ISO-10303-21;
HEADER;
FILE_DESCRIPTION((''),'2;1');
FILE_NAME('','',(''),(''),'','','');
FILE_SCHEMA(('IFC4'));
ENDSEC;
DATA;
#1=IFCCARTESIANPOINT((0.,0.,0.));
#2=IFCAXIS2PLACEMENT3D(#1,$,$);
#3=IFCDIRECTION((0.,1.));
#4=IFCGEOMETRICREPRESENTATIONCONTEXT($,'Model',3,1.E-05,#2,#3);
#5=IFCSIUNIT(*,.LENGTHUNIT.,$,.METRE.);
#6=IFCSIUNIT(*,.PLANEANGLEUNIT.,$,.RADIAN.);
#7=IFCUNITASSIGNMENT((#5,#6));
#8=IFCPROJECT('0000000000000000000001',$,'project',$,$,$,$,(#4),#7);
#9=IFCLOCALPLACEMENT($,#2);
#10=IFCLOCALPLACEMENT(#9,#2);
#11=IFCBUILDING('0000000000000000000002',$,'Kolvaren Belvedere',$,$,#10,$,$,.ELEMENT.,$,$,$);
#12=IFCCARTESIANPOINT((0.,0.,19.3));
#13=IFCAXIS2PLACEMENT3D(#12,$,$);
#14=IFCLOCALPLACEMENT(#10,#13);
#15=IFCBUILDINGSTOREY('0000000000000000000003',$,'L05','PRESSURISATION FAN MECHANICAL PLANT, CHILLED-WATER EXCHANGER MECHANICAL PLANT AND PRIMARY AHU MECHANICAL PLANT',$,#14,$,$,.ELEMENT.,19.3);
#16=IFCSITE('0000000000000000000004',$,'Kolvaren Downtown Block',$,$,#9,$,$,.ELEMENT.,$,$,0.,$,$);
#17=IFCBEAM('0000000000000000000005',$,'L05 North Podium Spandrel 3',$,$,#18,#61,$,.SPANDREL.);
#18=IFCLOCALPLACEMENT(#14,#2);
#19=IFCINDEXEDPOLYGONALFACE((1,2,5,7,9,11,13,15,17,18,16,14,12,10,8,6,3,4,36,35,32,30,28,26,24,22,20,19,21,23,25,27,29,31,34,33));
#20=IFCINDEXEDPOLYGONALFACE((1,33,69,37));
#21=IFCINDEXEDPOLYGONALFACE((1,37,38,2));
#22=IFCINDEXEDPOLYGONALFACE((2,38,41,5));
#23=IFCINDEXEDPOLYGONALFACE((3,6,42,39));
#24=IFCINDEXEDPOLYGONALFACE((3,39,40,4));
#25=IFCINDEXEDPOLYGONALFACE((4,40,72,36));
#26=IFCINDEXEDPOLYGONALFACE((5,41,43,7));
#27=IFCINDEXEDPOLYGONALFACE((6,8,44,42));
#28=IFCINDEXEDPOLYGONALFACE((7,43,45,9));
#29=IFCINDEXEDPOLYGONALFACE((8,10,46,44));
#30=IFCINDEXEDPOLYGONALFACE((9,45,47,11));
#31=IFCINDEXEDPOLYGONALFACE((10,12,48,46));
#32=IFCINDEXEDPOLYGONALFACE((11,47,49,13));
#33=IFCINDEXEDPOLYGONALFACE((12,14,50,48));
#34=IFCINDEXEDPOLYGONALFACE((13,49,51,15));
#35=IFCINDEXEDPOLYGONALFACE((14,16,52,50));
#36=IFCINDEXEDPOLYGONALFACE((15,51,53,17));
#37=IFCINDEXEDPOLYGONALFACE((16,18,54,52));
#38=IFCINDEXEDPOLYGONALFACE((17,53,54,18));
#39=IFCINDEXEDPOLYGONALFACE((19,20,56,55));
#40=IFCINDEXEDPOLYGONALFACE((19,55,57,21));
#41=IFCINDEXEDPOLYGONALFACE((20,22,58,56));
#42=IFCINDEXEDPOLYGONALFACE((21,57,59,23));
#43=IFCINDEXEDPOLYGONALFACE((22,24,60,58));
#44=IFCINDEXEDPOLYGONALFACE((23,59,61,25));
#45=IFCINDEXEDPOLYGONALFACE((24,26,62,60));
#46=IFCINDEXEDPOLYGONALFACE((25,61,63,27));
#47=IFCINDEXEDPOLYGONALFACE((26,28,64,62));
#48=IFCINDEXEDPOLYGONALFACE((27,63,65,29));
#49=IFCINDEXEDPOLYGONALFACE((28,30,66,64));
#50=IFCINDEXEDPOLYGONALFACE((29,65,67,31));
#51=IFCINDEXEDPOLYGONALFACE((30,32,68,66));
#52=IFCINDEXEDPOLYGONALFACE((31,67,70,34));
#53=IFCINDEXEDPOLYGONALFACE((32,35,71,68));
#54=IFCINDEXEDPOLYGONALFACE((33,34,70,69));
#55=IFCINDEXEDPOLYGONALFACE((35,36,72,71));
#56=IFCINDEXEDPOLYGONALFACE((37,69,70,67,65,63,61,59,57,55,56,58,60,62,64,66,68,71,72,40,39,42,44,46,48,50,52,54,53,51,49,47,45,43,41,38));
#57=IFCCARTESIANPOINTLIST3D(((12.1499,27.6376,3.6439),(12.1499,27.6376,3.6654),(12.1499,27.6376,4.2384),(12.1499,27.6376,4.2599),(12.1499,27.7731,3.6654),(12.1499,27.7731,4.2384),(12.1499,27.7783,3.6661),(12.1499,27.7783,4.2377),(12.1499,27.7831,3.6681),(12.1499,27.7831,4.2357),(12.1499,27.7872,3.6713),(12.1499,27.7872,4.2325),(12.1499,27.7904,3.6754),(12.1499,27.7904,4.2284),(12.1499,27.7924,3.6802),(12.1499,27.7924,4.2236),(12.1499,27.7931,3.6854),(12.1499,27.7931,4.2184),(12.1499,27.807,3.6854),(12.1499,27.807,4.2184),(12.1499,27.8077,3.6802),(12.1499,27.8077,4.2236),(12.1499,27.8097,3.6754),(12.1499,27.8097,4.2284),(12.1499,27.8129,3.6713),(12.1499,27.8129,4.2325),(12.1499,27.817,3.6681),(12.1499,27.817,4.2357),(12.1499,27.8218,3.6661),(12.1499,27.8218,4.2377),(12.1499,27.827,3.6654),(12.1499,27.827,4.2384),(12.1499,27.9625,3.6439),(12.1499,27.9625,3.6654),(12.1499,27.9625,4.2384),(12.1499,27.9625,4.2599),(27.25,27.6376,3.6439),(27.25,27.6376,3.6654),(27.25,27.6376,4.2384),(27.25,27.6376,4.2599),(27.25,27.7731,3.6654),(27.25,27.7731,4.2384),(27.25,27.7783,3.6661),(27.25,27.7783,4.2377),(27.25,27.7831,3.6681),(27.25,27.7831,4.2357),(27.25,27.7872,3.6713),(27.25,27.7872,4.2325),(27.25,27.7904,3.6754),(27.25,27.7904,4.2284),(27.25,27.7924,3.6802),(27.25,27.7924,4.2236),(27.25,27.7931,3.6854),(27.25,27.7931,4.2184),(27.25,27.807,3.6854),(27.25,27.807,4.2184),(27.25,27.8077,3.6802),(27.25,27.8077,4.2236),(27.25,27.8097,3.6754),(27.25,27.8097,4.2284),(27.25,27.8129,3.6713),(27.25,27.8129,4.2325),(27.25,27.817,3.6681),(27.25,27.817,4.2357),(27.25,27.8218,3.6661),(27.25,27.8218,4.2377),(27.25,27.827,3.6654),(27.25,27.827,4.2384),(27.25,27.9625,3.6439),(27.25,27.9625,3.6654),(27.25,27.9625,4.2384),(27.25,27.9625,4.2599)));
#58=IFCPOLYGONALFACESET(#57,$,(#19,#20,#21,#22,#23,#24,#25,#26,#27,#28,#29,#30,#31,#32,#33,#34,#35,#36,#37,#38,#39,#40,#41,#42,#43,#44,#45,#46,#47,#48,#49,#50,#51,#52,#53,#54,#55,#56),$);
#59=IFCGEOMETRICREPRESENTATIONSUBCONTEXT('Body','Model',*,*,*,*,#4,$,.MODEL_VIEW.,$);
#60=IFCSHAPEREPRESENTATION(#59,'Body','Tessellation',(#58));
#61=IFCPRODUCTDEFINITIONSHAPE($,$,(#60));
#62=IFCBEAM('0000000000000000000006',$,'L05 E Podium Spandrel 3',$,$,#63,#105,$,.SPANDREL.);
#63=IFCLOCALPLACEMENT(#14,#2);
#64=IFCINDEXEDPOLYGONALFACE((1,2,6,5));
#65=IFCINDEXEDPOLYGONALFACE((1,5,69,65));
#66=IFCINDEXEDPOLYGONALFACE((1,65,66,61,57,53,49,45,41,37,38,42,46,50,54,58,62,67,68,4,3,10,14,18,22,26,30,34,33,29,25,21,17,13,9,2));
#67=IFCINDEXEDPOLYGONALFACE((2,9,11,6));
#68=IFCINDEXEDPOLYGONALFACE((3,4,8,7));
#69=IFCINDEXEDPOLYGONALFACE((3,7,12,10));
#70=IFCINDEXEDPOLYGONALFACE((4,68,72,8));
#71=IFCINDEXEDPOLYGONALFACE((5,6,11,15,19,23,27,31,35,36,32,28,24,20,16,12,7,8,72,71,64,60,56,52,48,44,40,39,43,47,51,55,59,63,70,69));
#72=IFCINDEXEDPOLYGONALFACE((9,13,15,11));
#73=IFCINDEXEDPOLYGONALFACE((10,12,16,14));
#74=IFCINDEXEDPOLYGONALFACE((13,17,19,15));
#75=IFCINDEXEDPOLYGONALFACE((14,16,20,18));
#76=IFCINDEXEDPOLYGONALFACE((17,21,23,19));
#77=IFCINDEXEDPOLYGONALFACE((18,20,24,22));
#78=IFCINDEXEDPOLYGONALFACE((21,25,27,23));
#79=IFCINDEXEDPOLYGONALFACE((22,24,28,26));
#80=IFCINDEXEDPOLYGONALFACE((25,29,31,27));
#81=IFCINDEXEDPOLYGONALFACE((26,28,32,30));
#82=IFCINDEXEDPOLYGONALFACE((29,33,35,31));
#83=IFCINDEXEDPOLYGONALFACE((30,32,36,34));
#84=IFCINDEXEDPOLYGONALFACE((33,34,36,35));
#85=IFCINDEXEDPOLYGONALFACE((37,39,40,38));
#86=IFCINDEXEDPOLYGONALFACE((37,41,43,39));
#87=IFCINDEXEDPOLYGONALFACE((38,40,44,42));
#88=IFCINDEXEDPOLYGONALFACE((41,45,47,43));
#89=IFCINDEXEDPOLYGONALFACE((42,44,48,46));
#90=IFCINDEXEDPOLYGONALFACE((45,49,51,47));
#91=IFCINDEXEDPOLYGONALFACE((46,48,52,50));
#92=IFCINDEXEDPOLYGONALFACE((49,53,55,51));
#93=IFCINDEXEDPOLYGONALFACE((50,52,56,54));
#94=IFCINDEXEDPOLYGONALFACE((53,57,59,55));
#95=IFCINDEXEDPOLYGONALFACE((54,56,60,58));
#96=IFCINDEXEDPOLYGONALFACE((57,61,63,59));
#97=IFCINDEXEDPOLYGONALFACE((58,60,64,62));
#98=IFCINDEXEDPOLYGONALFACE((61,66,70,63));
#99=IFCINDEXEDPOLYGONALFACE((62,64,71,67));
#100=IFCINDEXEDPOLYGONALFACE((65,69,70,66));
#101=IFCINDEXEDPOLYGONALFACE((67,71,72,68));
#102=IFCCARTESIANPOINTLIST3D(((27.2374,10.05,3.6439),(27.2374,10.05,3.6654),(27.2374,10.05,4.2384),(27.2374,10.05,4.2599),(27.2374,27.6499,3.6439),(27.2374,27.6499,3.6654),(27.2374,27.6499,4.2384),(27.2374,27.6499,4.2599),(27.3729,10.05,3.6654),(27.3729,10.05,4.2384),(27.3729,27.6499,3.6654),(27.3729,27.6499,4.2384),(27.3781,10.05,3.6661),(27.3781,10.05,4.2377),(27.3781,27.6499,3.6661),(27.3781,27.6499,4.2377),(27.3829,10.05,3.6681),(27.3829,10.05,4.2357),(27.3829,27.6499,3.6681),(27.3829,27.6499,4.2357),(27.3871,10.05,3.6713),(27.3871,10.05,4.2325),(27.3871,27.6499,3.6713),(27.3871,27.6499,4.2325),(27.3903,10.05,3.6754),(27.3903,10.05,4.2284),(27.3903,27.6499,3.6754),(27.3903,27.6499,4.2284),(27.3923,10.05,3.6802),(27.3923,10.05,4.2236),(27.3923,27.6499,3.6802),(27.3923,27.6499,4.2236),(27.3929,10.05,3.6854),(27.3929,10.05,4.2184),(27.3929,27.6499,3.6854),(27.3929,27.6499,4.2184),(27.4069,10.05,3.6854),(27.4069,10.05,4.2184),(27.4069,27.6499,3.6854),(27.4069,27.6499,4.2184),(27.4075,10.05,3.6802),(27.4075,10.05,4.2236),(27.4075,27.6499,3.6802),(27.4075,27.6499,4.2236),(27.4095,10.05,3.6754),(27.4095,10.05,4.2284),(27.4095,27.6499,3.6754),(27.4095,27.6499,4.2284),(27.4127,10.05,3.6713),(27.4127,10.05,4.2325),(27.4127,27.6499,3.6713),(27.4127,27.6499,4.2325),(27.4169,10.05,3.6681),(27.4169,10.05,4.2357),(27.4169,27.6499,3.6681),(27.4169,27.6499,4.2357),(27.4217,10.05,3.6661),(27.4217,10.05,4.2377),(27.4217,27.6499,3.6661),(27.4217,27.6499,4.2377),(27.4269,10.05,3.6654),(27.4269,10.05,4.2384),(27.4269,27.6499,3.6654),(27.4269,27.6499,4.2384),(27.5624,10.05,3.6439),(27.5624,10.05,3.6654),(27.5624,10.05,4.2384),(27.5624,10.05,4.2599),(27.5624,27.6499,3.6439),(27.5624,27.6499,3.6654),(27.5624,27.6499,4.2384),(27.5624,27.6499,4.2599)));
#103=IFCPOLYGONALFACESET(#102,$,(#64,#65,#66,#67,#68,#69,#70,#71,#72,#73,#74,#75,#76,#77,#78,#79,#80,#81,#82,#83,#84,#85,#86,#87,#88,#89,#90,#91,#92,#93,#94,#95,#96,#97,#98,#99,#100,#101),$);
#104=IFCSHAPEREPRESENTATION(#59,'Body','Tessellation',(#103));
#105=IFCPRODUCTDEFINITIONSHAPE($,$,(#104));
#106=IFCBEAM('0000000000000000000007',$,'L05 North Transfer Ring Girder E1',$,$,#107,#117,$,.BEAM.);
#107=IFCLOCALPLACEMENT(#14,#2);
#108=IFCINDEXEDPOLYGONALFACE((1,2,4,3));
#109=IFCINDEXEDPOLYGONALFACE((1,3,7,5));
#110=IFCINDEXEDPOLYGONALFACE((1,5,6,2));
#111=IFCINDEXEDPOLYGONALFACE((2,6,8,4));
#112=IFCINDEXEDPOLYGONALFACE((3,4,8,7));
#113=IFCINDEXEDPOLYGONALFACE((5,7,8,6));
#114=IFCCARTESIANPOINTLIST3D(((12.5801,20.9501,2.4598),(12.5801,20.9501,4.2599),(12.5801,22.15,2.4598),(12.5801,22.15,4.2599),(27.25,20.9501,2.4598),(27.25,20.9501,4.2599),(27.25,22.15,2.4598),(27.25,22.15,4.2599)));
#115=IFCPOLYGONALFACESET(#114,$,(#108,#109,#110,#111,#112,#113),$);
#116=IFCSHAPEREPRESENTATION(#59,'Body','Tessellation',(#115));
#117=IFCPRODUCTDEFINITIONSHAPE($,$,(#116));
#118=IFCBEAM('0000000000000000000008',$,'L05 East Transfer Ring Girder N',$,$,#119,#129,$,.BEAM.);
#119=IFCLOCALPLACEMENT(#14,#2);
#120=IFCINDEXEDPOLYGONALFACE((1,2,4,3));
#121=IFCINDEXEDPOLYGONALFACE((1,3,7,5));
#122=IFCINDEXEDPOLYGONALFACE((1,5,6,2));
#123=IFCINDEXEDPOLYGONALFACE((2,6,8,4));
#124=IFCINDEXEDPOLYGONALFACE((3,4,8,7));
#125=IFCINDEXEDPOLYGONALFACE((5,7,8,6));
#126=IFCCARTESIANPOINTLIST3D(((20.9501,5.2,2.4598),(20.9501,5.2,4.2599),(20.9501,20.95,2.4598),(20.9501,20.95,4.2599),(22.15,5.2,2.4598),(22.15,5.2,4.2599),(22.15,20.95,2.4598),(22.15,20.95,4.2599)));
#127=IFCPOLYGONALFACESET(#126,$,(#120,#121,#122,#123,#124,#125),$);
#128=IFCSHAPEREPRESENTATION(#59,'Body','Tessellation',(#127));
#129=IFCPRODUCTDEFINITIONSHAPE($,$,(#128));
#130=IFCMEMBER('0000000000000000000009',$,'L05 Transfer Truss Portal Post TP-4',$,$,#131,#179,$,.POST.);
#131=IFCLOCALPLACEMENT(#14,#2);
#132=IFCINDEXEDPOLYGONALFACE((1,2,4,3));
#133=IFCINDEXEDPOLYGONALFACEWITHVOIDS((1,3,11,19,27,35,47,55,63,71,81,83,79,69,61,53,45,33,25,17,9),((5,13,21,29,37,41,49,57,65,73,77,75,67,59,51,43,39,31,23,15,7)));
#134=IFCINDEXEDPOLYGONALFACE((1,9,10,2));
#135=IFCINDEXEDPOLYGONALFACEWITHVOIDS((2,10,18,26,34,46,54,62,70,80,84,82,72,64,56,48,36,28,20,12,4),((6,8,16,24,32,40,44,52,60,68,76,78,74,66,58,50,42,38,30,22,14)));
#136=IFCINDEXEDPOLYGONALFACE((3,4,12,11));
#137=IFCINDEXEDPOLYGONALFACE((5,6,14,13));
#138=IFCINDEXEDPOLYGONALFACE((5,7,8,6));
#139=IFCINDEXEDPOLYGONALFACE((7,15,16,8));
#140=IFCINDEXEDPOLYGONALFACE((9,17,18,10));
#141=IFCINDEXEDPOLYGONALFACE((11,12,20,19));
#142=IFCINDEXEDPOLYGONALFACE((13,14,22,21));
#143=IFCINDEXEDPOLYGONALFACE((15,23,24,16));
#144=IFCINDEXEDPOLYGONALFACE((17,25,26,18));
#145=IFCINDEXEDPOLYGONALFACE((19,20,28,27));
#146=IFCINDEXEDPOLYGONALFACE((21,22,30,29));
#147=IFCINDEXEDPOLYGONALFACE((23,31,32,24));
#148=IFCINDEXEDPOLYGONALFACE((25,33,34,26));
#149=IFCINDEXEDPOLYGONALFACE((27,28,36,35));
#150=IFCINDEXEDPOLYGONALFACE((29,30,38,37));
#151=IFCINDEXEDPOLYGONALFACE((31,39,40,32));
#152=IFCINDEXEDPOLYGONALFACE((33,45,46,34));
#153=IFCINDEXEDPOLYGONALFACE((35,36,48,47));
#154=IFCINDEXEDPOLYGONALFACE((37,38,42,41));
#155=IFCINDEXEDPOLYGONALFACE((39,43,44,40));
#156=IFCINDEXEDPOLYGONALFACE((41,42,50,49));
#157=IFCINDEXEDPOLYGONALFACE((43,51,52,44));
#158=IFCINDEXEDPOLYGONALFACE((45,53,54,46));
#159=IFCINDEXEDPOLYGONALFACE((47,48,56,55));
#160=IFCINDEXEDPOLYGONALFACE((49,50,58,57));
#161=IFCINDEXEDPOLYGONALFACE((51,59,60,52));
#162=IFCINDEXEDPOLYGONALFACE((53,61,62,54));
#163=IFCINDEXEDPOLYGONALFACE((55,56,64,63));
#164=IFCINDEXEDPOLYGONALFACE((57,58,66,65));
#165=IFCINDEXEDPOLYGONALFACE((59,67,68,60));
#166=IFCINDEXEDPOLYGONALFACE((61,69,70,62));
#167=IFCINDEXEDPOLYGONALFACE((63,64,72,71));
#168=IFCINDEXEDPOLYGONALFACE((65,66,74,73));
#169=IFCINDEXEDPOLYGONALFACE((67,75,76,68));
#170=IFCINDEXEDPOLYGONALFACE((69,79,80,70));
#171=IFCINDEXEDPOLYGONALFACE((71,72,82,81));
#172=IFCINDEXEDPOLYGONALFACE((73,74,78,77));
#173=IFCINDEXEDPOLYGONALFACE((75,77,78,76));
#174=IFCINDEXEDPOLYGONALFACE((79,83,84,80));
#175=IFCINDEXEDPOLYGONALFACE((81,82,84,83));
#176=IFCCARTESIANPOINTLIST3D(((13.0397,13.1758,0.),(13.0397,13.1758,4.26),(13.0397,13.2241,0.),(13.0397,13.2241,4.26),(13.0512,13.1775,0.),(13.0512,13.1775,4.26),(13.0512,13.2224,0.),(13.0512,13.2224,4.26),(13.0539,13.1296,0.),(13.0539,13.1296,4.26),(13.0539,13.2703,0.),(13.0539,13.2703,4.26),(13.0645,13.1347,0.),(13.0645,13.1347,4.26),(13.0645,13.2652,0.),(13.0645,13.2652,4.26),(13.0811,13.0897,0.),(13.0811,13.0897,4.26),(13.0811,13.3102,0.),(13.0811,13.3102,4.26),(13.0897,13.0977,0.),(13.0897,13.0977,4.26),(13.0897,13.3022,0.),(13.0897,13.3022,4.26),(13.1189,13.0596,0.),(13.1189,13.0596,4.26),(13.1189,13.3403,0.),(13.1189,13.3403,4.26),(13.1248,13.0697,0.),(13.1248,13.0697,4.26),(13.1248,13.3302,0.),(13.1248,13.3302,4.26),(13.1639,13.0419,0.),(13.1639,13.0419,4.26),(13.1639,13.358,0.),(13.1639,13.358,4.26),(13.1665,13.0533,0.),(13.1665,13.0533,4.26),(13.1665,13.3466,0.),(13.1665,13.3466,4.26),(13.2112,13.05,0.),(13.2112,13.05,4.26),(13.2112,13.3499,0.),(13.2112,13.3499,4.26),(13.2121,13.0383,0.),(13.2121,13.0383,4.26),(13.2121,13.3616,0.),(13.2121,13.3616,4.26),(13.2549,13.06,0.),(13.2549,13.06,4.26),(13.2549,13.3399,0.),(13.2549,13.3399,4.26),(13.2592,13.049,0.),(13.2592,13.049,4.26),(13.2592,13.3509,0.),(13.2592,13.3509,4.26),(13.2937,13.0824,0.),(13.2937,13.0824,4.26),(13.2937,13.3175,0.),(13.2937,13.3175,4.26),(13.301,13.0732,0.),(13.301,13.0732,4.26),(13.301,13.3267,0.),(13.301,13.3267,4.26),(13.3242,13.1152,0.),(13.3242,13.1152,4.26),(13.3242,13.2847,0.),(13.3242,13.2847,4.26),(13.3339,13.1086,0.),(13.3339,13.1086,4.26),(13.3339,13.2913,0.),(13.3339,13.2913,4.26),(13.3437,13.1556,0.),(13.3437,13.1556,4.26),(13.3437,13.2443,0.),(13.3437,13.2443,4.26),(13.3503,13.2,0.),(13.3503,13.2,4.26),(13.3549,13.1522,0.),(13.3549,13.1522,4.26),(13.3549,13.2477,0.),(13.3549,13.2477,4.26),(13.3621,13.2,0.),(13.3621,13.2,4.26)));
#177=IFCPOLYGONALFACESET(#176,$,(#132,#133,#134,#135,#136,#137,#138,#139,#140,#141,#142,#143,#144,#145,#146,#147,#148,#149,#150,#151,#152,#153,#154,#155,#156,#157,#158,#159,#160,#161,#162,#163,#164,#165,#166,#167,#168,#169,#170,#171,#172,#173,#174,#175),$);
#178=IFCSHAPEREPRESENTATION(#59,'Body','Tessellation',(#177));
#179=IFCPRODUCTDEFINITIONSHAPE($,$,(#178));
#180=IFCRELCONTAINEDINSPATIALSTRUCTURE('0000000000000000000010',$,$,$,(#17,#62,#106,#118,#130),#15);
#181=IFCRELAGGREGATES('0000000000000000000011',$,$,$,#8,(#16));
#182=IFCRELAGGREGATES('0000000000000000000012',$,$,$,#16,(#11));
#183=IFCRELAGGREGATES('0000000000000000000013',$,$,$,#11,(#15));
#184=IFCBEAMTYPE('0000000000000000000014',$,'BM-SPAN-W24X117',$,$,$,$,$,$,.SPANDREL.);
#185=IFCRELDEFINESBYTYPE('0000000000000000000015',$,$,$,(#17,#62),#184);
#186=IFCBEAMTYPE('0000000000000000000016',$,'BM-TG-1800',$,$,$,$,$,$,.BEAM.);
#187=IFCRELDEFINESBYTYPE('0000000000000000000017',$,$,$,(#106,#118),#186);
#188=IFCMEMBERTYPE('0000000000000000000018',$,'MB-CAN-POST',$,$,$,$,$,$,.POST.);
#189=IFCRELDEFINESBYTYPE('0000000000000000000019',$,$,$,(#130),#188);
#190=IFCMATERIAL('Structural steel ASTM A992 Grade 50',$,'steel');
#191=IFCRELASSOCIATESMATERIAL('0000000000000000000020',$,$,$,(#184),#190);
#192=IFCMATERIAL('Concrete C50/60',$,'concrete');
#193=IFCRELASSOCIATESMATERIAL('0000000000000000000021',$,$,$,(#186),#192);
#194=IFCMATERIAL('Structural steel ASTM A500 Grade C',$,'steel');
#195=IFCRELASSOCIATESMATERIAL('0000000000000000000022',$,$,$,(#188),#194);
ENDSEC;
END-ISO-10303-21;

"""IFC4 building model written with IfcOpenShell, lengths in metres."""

from ifc_helpers import new_model, si_unit, direction, frame, origin, origin_2d, place, context, subcontext, project, spatial, rectangle, hollow_circle, i_section, extrude, material, material_profile, profile_set, type_object, element, save


model = new_model("IFC4")

# Units and contexts
model_context = context("Model", 3, precision=1e-05, world=origin(), true_north=direction((0.0, 1.0)))
body_context = subcontext(model_context, "Body", "Model", "MODEL_VIEW")
ifc_project = project(units=[si_unit("LENGTHUNIT", "METRE"), si_unit("PLANEANGLEUNIT", "RADIAN")], contexts=[model_context])

# Site, building, storey
site_placement = place(None, origin())
site = spatial("IfcSite", under=ifc_project, at=site_placement, Name="Kolvaren Downtown Block", CompositionType="ELEMENT", RefElevation=0.0)
building_placement = place(site_placement, origin())
building = spatial("IfcBuilding", under=site, at=building_placement, Name="Kolvaren Belvedere", CompositionType="ELEMENT")
storey_placement = place(building_placement, frame((0.0, 0.0, 19.3)))
storey = spatial("IfcBuildingStorey", under=building, at=storey_placement, Name="L05", Description="PRESSURISATION FAN MECHANICAL PLANT, CHILLED-WATER EXCHANGER MECHANICAL PLANT AND PRIMARY AHU MECHANICAL PLANT", CompositionType="ELEMENT", Elevation=19.3)

# Beams
ifc_material_1 = material(Name="Structural steel ASTM A992 Grade 50", Category="steel")
ifc_material_profile_1 = material_profile(ifc_material_1, i_section(OverallWidth=0.325, OverallDepth=0.616, WebThickness=0.0139, FlangeThickness=0.0215, FilletRadius=0.02, at=origin_2d()), Name="W24X117")
ifc_profile_set_1 = profile_set([ifc_material_profile_1], Name="Structural steel ASTM A992 Grade 50")
beam_type_1 = type_object("IfcBeamType", Name="BM-SPAN-W24X117", PredefinedType="SPANDREL", material=ifc_profile_set_1)
beam_1_placement = place(storey_placement, frame((12.1499, 27.8, 3.9519), z_axis=(1.0, 0.0, 0.0), x_axis=(0.0, 1.0, 0.0)))
element("IfcBeam", 1, at=beam_1_placement, inside=storey, type_object=beam_type_1, Name="L05 North Podium Spandrel 3", PredefinedType="SPANDREL", context=body_context, shape_type="SweptSolid", body=[
    extrude(i_section(OverallWidth=0.325, OverallDepth=0.616, WebThickness=0.0139, FlangeThickness=0.0215, FilletRadius=0.02, at=origin_2d()), origin(), (0.0, 0.0, 1.0), 15.1001),
])
beam_2_placement = place(storey_placement, frame((27.3999, 10.05, 3.9519), z_axis=(0.0, 1.0, 0.0), x_axis=(-1.0, 0.0, 0.0)))
element("IfcBeam", 2, at=beam_2_placement, inside=storey, type_object=beam_type_1, Name="L05 E Podium Spandrel 3", PredefinedType="SPANDREL", context=body_context, shape_type="SweptSolid", body=[
    extrude(i_section(OverallWidth=0.325, OverallDepth=0.616, WebThickness=0.0139, FlangeThickness=0.0215, FilletRadius=0.02, at=origin_2d()), origin(), (0.0, 0.0, 1.0), 17.5999),
])
ifc_material_2 = material(Name="Concrete C50/60", Category="concrete")
ifc_material_profile_2 = material_profile(ifc_material_2, rectangle(XDim=1.2, YDim=1.8, at=origin_2d()), Name="RC 1200X1800")
ifc_profile_set_2 = profile_set([ifc_material_profile_2], Name="Concrete C50/60")
beam_type_2 = type_object("IfcBeamType", Name="BM-TG-1800", PredefinedType="BEAM", material=ifc_profile_set_2)
beam_3_placement = place(storey_placement, frame((12.5801, 21.55, 3.3599), z_axis=(1.0, 0.0, 0.0), x_axis=(0.0, 1.0, 0.0)))
element("IfcBeam", 3, at=beam_3_placement, inside=storey, type_object=beam_type_2, Name="L05 North Transfer Ring Girder E1", PredefinedType="BEAM", context=body_context, shape_type="SweptSolid", body=[
    extrude(rectangle(XDim=1.2, YDim=1.8, at=origin_2d()), origin(), (0.0, 0.0, 1.0), 14.6699),
])
beam_4_placement = place(storey_placement, frame((21.55, 5.2, 3.3599), z_axis=(0.0, 1.0, 0.0), x_axis=(-1.0, 0.0, 0.0)))
element("IfcBeam", 4, at=beam_4_placement, inside=storey, type_object=beam_type_2, Name="L05 East Transfer Ring Girder N", PredefinedType="BEAM", context=body_context, shape_type="SweptSolid", body=[
    extrude(rectangle(XDim=1.2, YDim=1.8, at=origin_2d()), origin(), (0.0, 0.0, 1.0), 15.75),
])

# Member
ifc_material_3 = material(Name="Structural steel ASTM A500 Grade C", Category="steel")
ifc_material_profile_3 = material_profile(ifc_material_3, hollow_circle(Radius=0.1621, WallThickness=0.0117, at=origin_2d()), Name="HSS12.750X0.500")
ifc_profile_set_3 = profile_set([ifc_material_profile_3], Name="Structural steel ASTM A500 Grade C")
member_type_1 = type_object("IfcMemberType", Name="MB-CAN-POST", PredefinedType="POST", material=ifc_profile_set_3)
member_1_placement = place(storey_placement, frame((13.2, 13.2, 0.0), z_axis=(0.0, 0.0, 1.0), x_axis=(1.0, 0.0, 0.0)))
element("IfcMember", 5, at=member_1_placement, inside=storey, type_object=member_type_1, Name="L05 Transfer Truss Portal Post TP-4", PredefinedType="POST", context=body_context, shape_type="SweptSolid", body=[
    extrude(hollow_circle(Radius=0.1621, WallThickness=0.0117, at=origin_2d()), origin(), (0.0, 0.0, 1.0), 4.26),
])

save(model, "model.ifc")
